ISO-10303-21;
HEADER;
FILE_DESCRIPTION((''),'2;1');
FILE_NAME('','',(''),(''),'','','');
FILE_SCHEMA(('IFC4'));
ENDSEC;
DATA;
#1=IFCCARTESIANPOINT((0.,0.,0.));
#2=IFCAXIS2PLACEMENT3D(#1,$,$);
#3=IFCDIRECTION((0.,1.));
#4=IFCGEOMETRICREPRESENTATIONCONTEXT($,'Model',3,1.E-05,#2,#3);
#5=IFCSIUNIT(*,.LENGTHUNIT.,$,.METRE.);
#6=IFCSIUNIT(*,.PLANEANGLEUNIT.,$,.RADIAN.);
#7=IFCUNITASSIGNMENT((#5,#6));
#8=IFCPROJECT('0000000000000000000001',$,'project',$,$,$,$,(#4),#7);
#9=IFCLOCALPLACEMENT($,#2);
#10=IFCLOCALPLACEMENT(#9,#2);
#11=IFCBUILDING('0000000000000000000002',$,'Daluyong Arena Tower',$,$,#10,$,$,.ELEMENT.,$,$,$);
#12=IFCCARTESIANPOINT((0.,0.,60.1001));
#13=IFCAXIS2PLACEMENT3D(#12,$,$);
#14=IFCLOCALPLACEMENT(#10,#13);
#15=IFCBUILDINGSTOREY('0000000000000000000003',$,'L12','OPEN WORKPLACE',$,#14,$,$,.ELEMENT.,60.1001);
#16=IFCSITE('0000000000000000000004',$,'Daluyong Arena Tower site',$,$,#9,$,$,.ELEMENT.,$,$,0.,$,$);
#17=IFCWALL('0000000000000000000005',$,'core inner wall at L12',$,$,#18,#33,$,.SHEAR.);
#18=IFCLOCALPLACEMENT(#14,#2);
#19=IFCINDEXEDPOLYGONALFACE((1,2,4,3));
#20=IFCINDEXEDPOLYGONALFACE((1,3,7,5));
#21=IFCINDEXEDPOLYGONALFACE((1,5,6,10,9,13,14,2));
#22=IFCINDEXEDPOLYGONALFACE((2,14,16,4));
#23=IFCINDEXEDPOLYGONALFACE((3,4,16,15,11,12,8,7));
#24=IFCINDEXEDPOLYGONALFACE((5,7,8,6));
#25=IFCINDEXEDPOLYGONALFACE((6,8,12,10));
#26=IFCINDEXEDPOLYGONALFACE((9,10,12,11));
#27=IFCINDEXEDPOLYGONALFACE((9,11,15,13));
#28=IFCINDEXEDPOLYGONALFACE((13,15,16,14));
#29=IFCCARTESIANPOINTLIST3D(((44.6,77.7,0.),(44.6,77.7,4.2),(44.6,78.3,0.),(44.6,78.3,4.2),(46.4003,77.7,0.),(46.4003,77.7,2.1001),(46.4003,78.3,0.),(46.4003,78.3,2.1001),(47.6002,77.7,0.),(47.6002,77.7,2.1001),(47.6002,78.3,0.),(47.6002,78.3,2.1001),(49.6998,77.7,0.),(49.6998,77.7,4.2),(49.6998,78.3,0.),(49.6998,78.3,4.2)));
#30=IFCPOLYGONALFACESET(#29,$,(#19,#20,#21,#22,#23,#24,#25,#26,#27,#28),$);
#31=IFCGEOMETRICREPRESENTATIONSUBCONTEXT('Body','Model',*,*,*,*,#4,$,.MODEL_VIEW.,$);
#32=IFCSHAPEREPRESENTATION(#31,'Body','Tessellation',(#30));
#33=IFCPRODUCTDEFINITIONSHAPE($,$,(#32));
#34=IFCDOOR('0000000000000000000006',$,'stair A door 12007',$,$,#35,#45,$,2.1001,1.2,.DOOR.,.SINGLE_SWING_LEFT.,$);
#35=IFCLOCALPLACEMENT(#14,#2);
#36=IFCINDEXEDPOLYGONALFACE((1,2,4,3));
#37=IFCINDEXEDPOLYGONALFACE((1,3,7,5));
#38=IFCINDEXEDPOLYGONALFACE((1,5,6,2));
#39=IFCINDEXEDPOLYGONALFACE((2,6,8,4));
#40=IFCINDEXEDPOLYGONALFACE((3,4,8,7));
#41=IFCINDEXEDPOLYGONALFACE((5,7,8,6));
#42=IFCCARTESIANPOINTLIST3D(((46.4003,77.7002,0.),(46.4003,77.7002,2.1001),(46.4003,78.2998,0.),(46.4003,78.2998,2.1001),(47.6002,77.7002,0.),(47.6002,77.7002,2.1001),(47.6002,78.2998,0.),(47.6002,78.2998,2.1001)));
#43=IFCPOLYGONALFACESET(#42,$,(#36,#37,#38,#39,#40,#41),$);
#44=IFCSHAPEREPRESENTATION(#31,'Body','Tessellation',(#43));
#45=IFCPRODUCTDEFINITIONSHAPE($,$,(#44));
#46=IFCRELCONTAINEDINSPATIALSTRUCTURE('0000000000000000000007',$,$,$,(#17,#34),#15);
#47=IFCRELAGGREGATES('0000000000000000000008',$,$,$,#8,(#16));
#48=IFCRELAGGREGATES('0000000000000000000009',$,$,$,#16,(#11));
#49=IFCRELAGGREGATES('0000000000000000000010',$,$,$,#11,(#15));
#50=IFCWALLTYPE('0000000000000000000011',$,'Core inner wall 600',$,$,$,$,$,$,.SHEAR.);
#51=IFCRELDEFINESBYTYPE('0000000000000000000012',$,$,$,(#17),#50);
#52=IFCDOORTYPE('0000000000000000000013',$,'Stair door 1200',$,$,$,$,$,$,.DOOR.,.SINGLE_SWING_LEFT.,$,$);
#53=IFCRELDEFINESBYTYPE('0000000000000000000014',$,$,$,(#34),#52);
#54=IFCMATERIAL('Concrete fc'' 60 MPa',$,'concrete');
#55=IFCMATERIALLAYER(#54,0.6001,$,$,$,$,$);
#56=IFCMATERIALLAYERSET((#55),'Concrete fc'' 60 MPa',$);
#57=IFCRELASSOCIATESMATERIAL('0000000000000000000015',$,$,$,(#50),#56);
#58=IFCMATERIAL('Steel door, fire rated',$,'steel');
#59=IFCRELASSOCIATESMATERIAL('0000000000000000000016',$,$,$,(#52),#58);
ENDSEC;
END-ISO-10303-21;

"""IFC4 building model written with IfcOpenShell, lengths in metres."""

from ifc_helpers import new_model, si_unit, direction, frame, frame_2d, origin, place, context, subcontext, project, spatial, rectangle, extrude, material, layer, layer_set, type_object, element, fill, save


model = new_model("IFC4")

# Units and contexts
model_context = context("Model", 3, precision=1e-05, world=origin(), true_north=direction((0.0, 1.0)))
body_context = subcontext(model_context, "Body", "Model", "MODEL_VIEW")
ifc_project = project(units=[si_unit("LENGTHUNIT", "METRE"), si_unit("PLANEANGLEUNIT", "RADIAN")], contexts=[model_context])

# Site, building, storey
site_placement = place(None, origin())
site = spatial("IfcSite", under=ifc_project, at=site_placement, Name="Daluyong Arena Tower site", CompositionType="ELEMENT", RefElevation=0.0)
building_placement = place(site_placement, origin())
building = spatial("IfcBuilding", under=site, at=building_placement, Name="Daluyong Arena Tower", CompositionType="ELEMENT")
storey_placement = place(building_placement, frame((0.0, 0.0, 60.1001)))
storey = spatial("IfcBuildingStorey", under=building, at=storey_placement, Name="L12", Description="OPEN WORKPLACE", CompositionType="ELEMENT", Elevation=60.1001)

# Wall, opening, door
ifc_material_1 = material(Name="Concrete fc' 60 MPa", Category="concrete")
ifc_layer = layer(ifc_material_1, 0.6001)
ifc_layer_set = layer_set([ifc_layer], Name="Concrete fc' 60 MPa")
wall_type = type_object("IfcWallType", Name="Core inner wall 600", PredefinedType="SHEAR", material=ifc_layer_set)
wall_placement = place(storey_placement, frame((44.6001, 78.0, 0.0), z_axis=(0.0, 0.0, 1.0), x_axis=(1.0, 0.0, 0.0)))
wall = element("IfcWall", 1, at=wall_placement, inside=storey, type_object=wall_type, Name="core inner wall at L12", PredefinedType="SHEAR", context=body_context, shape_type="SweptSolid", body=[
    extrude(rectangle(XDim=5.0999, YDim=0.6001, at=frame_2d((2.5498, 0.0))), origin(), (0.0, 0.0, 1.0), 4.2),
])
opening_placement = place(wall_placement, frame((1.8, 0.0, 0.0)))
opening = element("IfcOpeningElement", 2, at=opening_placement, cuts=wall, PredefinedType="OPENING", context=body_context, shape_type="SweptSolid", body=[
    extrude(rectangle(XDim=1.2, YDim=2.1001, at=frame_2d((0.6001, 1.05))), frame((0.0, 0.3101, 0.0), z_axis=(0.0, -1.0, 0.0), x_axis=(1.0, 0.0, 0.0)), (0.0, 0.0, 1.0), 0.6201),
])
ifc_material_2 = material(Name="Steel door, fire rated", Category="steel")
door_type = type_object("IfcDoorType", Name="Stair door 1200", OperationType="SINGLE_SWING_LEFT", PredefinedType="DOOR", material=ifc_material_2)
door_placement = place(opening_placement, origin())
door = element("IfcDoor", 3, at=door_placement, inside=storey, type_object=door_type, Name="stair A door 12007", OperationType="SINGLE_SWING_LEFT", OverallHeight=2.1001, OverallWidth=1.2, PredefinedType="DOOR", context=body_context, shape_type="SweptSolid", body=[
    extrude(rectangle(XDim=1.2, YDim=2.1001, at=frame_2d((0.6001, 1.05))), frame((0.0, 0.2998, 0.0), z_axis=(0.0, -1.0, 0.0), x_axis=(1.0, 0.0, 0.0)), (0.0, 0.0, 1.0), 0.5996),
])
fill(opening, door)

save(model, "model.ifc")
